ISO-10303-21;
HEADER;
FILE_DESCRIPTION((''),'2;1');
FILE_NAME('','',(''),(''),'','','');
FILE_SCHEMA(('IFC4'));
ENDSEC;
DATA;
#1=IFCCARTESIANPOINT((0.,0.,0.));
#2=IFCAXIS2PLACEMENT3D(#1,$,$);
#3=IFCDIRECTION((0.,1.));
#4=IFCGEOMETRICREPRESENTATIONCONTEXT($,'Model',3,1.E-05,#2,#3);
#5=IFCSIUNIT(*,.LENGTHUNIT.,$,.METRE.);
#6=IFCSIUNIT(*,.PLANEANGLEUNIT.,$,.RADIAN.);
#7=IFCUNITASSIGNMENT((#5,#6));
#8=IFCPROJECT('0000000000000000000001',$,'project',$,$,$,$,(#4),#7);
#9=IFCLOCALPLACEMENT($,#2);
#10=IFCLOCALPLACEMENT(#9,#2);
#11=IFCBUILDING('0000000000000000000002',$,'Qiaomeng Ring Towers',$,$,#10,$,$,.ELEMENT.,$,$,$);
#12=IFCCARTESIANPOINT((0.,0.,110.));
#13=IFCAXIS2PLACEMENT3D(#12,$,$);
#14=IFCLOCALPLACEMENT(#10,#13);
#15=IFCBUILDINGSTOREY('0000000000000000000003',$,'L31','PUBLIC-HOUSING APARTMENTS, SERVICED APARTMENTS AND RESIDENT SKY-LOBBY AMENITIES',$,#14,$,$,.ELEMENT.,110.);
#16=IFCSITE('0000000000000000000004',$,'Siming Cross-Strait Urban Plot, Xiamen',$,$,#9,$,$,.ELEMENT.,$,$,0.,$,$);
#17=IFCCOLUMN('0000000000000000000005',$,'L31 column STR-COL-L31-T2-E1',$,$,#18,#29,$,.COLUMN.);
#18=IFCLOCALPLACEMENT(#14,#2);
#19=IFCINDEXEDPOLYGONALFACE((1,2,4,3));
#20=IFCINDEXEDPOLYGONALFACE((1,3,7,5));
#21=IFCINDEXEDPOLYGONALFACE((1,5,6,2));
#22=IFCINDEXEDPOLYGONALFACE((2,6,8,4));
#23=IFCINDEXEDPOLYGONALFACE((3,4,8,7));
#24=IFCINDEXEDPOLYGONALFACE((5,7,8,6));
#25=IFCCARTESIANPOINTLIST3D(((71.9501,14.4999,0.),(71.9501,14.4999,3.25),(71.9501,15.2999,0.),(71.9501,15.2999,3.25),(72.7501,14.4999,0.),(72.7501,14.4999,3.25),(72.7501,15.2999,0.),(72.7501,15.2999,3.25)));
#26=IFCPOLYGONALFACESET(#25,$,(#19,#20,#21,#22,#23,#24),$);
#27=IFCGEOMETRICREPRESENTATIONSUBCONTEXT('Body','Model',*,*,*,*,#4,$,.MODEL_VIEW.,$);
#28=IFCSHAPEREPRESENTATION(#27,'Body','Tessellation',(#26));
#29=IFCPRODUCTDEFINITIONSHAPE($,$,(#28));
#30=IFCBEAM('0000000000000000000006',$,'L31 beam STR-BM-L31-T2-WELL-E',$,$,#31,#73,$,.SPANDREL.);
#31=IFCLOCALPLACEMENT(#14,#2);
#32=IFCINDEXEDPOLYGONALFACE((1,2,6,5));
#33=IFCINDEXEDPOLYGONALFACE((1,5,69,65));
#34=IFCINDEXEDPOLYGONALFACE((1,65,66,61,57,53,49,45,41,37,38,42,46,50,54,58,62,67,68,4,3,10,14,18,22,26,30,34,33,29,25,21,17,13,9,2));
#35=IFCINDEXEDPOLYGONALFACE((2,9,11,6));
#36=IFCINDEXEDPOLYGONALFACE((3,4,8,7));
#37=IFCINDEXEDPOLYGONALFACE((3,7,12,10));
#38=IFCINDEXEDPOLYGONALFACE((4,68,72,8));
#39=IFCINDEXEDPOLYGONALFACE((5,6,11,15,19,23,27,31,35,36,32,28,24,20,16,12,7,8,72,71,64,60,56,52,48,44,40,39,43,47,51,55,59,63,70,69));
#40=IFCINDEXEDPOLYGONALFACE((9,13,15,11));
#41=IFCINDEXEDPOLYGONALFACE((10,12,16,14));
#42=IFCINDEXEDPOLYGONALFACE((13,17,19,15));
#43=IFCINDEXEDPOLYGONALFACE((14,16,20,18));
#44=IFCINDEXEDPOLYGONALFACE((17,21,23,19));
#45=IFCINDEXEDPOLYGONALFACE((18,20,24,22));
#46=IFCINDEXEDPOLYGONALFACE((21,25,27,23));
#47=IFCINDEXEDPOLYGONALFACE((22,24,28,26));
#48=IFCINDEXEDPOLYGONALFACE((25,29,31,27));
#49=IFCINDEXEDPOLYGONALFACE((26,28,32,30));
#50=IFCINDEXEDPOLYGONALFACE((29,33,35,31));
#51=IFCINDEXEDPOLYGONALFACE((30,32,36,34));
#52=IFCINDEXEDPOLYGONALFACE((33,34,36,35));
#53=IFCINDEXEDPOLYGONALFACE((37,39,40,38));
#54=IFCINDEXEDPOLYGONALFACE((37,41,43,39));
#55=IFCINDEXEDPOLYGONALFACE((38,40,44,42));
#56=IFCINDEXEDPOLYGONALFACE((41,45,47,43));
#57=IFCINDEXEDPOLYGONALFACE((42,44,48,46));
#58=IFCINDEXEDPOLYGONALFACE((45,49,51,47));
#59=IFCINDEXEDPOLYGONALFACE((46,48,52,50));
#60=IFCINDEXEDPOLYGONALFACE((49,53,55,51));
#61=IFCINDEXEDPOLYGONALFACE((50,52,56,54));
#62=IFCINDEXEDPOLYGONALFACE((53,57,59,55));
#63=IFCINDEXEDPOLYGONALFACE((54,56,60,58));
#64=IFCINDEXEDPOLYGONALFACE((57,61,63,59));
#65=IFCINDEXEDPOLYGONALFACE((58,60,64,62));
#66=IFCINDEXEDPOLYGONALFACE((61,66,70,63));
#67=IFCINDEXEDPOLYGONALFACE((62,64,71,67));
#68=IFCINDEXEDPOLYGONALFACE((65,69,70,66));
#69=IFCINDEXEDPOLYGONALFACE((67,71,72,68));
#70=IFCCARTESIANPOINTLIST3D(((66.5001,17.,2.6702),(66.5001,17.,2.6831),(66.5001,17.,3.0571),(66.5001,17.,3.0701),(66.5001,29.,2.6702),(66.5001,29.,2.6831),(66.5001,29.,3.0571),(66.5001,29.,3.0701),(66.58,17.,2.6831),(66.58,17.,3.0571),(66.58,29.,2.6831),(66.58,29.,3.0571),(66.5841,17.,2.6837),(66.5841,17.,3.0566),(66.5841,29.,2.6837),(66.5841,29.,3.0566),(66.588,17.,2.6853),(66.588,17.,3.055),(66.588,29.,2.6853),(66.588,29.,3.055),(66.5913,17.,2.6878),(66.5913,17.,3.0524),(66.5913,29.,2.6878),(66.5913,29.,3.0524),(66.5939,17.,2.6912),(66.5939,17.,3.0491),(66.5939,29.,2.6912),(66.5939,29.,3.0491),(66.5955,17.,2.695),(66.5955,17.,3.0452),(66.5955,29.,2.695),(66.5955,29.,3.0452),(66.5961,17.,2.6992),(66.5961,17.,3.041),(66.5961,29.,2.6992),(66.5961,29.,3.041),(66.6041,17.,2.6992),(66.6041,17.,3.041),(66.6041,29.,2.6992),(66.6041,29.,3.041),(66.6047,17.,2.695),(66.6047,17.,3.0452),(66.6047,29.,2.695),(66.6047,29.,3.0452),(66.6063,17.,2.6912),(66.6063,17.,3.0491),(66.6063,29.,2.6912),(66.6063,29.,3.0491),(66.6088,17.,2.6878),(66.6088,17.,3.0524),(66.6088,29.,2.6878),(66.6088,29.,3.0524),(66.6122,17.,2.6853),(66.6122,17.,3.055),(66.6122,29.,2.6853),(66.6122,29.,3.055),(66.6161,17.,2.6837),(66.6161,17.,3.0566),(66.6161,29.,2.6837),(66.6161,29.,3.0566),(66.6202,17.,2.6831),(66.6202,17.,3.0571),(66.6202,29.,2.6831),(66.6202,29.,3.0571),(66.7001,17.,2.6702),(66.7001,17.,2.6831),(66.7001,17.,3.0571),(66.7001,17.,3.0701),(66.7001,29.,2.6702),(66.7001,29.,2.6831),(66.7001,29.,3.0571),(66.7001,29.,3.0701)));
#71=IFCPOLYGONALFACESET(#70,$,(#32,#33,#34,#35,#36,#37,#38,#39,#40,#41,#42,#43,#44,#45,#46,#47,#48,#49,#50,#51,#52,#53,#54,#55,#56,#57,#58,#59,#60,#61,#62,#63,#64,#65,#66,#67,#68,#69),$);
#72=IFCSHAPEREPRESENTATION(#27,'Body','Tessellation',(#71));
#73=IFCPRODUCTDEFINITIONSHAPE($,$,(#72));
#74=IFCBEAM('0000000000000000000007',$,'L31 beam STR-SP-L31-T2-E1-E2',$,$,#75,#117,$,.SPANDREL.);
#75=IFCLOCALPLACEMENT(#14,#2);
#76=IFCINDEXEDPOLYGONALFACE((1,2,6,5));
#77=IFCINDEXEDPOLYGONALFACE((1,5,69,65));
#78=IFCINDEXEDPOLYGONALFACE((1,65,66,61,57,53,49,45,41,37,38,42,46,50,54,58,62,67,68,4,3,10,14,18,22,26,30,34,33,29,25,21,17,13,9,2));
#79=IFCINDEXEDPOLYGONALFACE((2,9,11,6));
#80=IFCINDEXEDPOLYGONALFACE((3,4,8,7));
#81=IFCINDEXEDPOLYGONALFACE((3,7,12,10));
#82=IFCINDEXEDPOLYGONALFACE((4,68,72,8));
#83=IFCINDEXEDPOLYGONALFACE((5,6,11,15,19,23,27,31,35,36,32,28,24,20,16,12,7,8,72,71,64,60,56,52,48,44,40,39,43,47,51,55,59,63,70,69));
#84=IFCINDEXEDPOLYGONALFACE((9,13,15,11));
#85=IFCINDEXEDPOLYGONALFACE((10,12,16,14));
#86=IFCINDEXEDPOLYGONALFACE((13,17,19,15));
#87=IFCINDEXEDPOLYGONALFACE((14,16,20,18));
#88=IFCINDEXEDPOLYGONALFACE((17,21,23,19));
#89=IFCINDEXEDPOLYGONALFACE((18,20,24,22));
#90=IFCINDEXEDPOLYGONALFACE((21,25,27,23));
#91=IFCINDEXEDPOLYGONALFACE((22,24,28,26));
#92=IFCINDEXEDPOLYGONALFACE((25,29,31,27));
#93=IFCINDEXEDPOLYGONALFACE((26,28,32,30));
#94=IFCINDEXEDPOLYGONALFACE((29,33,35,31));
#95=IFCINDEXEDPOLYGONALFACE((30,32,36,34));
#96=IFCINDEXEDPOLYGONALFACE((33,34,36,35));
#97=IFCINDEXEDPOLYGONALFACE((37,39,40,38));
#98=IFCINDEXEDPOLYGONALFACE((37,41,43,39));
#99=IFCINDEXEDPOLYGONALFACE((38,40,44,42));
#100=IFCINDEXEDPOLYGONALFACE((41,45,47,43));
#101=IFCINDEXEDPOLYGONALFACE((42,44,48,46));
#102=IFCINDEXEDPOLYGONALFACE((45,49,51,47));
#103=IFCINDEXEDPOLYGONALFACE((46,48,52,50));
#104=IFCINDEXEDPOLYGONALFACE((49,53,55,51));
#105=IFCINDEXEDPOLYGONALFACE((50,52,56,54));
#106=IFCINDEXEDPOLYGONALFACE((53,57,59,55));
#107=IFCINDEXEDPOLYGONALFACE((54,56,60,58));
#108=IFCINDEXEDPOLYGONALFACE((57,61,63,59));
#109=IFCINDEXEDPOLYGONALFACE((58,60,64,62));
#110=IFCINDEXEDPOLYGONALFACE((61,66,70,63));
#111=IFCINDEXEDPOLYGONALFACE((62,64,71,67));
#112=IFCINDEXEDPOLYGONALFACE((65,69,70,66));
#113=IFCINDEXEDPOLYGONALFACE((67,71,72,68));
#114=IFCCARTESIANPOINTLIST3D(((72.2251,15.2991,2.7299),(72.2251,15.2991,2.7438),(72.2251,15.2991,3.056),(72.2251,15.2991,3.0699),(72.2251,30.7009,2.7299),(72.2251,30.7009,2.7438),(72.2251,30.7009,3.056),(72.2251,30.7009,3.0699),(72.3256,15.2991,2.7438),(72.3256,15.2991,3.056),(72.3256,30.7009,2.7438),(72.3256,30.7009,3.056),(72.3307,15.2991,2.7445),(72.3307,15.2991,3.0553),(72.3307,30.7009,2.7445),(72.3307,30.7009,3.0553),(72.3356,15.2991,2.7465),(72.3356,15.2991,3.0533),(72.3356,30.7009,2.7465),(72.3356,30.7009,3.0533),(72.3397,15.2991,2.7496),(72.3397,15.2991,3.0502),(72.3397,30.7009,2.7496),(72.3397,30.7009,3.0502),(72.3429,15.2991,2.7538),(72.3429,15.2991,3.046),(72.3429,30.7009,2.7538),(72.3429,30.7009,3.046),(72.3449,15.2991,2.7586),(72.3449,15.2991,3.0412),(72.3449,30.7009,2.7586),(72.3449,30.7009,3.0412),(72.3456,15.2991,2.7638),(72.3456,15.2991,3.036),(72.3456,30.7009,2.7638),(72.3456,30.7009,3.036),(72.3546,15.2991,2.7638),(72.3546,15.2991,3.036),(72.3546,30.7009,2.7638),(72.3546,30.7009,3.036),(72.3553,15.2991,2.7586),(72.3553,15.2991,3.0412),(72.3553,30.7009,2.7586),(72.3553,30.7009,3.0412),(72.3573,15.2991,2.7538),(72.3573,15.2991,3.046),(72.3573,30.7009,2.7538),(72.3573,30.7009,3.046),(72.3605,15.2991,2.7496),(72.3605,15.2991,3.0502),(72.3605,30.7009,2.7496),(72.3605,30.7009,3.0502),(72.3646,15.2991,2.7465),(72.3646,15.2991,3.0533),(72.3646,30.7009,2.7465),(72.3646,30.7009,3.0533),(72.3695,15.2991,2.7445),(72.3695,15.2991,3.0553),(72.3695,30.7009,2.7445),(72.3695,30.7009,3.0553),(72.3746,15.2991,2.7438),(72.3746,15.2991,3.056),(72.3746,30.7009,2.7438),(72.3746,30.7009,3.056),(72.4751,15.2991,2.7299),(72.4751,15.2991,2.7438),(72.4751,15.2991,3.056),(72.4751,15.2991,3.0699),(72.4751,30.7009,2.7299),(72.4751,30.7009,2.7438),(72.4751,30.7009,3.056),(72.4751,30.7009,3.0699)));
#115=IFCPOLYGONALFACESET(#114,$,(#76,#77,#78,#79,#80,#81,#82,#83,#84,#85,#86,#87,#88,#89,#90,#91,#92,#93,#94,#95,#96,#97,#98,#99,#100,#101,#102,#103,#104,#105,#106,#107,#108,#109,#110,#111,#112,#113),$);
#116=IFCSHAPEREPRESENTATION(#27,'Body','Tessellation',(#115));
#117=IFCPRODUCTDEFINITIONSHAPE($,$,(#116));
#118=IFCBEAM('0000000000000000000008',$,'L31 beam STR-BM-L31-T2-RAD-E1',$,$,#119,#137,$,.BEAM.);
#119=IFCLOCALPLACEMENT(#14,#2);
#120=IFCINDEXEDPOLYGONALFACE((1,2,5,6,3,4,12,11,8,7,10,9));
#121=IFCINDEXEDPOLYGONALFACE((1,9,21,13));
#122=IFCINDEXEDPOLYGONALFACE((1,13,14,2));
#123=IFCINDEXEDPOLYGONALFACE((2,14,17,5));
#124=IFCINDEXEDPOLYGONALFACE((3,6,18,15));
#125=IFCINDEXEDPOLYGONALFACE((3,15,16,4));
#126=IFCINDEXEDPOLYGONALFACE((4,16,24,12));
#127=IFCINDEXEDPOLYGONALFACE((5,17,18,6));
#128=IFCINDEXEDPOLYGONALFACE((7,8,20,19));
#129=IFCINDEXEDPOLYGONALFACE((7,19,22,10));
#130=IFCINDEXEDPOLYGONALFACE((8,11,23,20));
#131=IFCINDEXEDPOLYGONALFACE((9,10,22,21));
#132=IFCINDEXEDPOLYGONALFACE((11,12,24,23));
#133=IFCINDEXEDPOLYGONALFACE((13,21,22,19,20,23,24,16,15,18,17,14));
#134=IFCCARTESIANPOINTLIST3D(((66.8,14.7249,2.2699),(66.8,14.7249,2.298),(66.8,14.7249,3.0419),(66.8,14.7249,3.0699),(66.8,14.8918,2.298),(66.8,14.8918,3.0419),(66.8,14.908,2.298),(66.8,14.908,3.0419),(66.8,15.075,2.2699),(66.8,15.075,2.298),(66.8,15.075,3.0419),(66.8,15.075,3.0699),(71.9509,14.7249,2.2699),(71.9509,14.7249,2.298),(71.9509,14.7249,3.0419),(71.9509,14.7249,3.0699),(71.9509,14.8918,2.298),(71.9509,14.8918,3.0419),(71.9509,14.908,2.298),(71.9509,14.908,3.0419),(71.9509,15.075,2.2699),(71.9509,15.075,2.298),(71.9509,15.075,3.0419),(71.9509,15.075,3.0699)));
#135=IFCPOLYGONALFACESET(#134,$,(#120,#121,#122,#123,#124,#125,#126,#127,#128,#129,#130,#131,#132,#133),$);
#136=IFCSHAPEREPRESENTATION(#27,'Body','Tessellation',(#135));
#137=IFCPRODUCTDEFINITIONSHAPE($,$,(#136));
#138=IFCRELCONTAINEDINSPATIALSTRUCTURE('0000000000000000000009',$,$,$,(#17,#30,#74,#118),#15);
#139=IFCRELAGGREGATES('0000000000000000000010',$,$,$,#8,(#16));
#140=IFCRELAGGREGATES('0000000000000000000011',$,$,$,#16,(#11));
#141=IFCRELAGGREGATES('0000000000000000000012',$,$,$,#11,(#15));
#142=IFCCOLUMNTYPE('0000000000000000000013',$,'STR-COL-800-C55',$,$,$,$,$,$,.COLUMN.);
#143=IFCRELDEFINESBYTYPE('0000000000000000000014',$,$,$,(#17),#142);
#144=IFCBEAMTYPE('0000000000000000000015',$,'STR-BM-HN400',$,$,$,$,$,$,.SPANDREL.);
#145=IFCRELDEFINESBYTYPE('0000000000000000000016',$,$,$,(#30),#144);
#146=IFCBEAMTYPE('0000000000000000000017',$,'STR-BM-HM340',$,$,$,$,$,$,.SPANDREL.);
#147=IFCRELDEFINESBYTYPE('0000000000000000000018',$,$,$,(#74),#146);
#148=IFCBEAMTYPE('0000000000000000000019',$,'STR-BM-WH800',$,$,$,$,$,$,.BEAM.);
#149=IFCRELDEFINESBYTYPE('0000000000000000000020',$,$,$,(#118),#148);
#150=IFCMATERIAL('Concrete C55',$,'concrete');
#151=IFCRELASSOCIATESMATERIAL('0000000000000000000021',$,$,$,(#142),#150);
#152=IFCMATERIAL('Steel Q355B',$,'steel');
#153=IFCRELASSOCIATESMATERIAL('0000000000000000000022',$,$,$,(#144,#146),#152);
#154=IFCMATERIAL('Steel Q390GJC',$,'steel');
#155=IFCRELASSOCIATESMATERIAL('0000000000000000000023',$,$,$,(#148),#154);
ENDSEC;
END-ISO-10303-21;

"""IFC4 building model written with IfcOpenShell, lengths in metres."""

from ifc_helpers import new_model, si_unit, direction, frame, origin, origin_2d, place, context, subcontext, project, spatial, rectangle, i_section, extrude, source, transform, mapped, material, material_profile, profile_set, type_object, element, save


model = new_model("IFC4")

# Units and contexts
model_context = context("Model", 3, precision=1e-05, world=origin(), true_north=direction((0.0, 1.0)))
body_context = subcontext(model_context, "Body", "Model", "MODEL_VIEW")
ifc_project = project(units=[si_unit("LENGTHUNIT", "METRE"), si_unit("PLANEANGLEUNIT", "RADIAN")], contexts=[model_context])

# Site, building, storey
site_placement = place(None, origin())
site = spatial("IfcSite", under=ifc_project, at=site_placement, Name="Siming Cross-Strait Urban Plot, Xiamen", CompositionType="ELEMENT", RefElevation=0.0)
building_placement = place(site_placement, origin())
building = spatial("IfcBuilding", under=site, at=building_placement, Name="Qiaomeng Ring Towers", CompositionType="ELEMENT")
storey_placement = place(building_placement, frame((0.0, 0.0, 110.0)))
storey = spatial("IfcBuildingStorey", under=building, at=storey_placement, Name="L31", Description="PUBLIC-HOUSING APARTMENTS, SERVICED APARTMENTS AND RESIDENT SKY-LOBBY AMENITIES", CompositionType="ELEMENT", Elevation=110.0)

# Column
ifc_material_1 = material(Name="Concrete C55", Category="concrete")
ifc_material_profile_1 = material_profile(ifc_material_1, rectangle(XDim=0.8, YDim=0.8, at=origin_2d()), Name="RC COL 800x800")
ifc_profile_set_1 = profile_set([ifc_material_profile_1], Name="Concrete C55")
column_type = type_object("IfcColumnType", Name="STR-COL-800-C55", PredefinedType="COLUMN", material=ifc_profile_set_1)
shared_shape_1 = source(origin(), body_context, "Body", "SweptSolid", [
    extrude(rectangle(XDim=0.8, YDim=0.8, at=origin_2d()), origin(), (0.0, 0.0, 1.0), 3.25),
])
column_placement = place(storey_placement, frame((72.3501, 14.8999, 0.0), z_axis=(0.0, 0.0, 1.0), x_axis=(1.0, 0.0, 0.0)))
element("IfcColumn", 1, at=column_placement, inside=storey, type_object=column_type, Name="L31 column STR-COL-L31-T2-E1", PredefinedType="COLUMN", context=body_context, shape_type="MappedRepresentation", body=[
    mapped(shared_shape_1, transform((0.0, 0.0, 0.0), x_axis=(1.0, 0.0, 0.0), y_axis=(0.0, 1.0, 0.0), z_axis=(0.0, 0.0, 1.0), scale=1.0)),
])

# Beams
ifc_material_2 = material(Name="Steel Q355B", Category="steel")
ifc_material_profile_2 = material_profile(ifc_material_2, i_section(OverallWidth=0.2, OverallDepth=0.3999, WebThickness=0.0081, FlangeThickness=0.0129, FilletRadius=0.0161, at=origin_2d()), Name="HN 400x200x8x13")
ifc_profile_set_2 = profile_set([ifc_material_profile_2], Name="Steel Q355B")
beam_type_1 = type_object("IfcBeamType", Name="STR-BM-HN400", PredefinedType="SPANDREL", material=ifc_profile_set_2)
shared_shape_2 = source(origin(), body_context, "Body", "SweptSolid", [
    extrude(i_section(OverallWidth=0.2, OverallDepth=0.3999, WebThickness=0.0081, FlangeThickness=0.0129, FilletRadius=0.0161, at=origin_2d()), origin(), (0.0, 0.0, 1.0), 12.0),
])
beam_1_placement = place(storey_placement, frame((66.6001, 17.0, 2.8701), z_axis=(0.0, 1.0, 0.0), x_axis=(-1.0, 0.0, 0.0)))
element("IfcBeam", 2, at=beam_1_placement, inside=storey, type_object=beam_type_1, Name="L31 beam STR-BM-L31-T2-WELL-E", PredefinedType="SPANDREL", context=body_context, shape_type="MappedRepresentation", body=[
    mapped(shared_shape_2, transform((0.0, 0.0, 0.0), x_axis=(1.0, 0.0, 0.0), y_axis=(0.0, 1.0, 0.0), z_axis=(0.0, 0.0, 1.0), scale=1.0)),
])
ifc_material_profile_3 = material_profile(ifc_material_2, i_section(OverallWidth=0.25, OverallDepth=0.3401, WebThickness=0.009, FlangeThickness=0.0139, FilletRadius=0.02, at=origin_2d()), Name="HM 340x250x9x14")
ifc_profile_set_3 = profile_set([ifc_material_profile_3], Name="Steel Q355B")
beam_type_2 = type_object("IfcBeamType", Name="STR-BM-HM340", PredefinedType="SPANDREL", material=ifc_profile_set_3)
shared_shape_3 = source(origin(), body_context, "Body", "SweptSolid", [
    extrude(i_section(OverallWidth=0.25, OverallDepth=0.3401, WebThickness=0.009, FlangeThickness=0.0139, FilletRadius=0.02, at=origin_2d()), origin(), (0.0, 0.0, 1.0), 15.4019),
])
beam_2_placement = place(storey_placement, frame((72.3501, 15.2991, 2.8999), z_axis=(0.0, 1.0, 0.0), x_axis=(-1.0, 0.0, 0.0)))
element("IfcBeam", 3, at=beam_2_placement, inside=storey, type_object=beam_type_2, Name="L31 beam STR-SP-L31-T2-E1-E2", PredefinedType="SPANDREL", context=body_context, shape_type="MappedRepresentation", body=[
    mapped(shared_shape_3, transform((0.0, 0.0, 0.0), x_axis=(1.0, 0.0, 0.0), y_axis=(0.0, 1.0, 0.0), z_axis=(0.0, 0.0, 1.0), scale=1.0)),
])
ifc_material_3 = material(Name="Steel Q390GJC", Category="steel")
ifc_material_profile_4 = material_profile(ifc_material_3, i_section(OverallWidth=0.3501, OverallDepth=0.8, WebThickness=0.0161, FlangeThickness=0.0281, at=origin_2d()), Name="WH 800x350x16x28")
ifc_profile_set_4 = profile_set([ifc_material_profile_4], Name="Steel Q390GJC")
beam_type_3 = type_object("IfcBeamType", Name="STR-BM-WH800", PredefinedType="BEAM", material=ifc_profile_set_4)
shared_shape_4 = source(origin(), body_context, "Body", "SweptSolid", [
    extrude(i_section(OverallWidth=0.3501, OverallDepth=0.8, WebThickness=0.0161, FlangeThickness=0.0281, at=origin_2d()), origin(), (0.0, 0.0, 1.0), 5.1509),
])
beam_3_placement = place(storey_placement, frame((66.8, 14.8999, 2.6699), z_axis=(1.0, 0.0, 0.0), x_axis=(0.0, 1.0, 0.0)))
element("IfcBeam", 4, at=beam_3_placement, inside=storey, type_object=beam_type_3, Name="L31 beam STR-BM-L31-T2-RAD-E1", PredefinedType="BEAM", context=body_context, shape_type="MappedRepresentation", body=[
    mapped(shared_shape_4, transform((0.0, 0.0, 0.0), x_axis=(1.0, 0.0, 0.0), y_axis=(0.0, 1.0, 0.0), z_axis=(0.0, 0.0, 1.0), scale=1.0)),
])

save(model, "model.ifc")
